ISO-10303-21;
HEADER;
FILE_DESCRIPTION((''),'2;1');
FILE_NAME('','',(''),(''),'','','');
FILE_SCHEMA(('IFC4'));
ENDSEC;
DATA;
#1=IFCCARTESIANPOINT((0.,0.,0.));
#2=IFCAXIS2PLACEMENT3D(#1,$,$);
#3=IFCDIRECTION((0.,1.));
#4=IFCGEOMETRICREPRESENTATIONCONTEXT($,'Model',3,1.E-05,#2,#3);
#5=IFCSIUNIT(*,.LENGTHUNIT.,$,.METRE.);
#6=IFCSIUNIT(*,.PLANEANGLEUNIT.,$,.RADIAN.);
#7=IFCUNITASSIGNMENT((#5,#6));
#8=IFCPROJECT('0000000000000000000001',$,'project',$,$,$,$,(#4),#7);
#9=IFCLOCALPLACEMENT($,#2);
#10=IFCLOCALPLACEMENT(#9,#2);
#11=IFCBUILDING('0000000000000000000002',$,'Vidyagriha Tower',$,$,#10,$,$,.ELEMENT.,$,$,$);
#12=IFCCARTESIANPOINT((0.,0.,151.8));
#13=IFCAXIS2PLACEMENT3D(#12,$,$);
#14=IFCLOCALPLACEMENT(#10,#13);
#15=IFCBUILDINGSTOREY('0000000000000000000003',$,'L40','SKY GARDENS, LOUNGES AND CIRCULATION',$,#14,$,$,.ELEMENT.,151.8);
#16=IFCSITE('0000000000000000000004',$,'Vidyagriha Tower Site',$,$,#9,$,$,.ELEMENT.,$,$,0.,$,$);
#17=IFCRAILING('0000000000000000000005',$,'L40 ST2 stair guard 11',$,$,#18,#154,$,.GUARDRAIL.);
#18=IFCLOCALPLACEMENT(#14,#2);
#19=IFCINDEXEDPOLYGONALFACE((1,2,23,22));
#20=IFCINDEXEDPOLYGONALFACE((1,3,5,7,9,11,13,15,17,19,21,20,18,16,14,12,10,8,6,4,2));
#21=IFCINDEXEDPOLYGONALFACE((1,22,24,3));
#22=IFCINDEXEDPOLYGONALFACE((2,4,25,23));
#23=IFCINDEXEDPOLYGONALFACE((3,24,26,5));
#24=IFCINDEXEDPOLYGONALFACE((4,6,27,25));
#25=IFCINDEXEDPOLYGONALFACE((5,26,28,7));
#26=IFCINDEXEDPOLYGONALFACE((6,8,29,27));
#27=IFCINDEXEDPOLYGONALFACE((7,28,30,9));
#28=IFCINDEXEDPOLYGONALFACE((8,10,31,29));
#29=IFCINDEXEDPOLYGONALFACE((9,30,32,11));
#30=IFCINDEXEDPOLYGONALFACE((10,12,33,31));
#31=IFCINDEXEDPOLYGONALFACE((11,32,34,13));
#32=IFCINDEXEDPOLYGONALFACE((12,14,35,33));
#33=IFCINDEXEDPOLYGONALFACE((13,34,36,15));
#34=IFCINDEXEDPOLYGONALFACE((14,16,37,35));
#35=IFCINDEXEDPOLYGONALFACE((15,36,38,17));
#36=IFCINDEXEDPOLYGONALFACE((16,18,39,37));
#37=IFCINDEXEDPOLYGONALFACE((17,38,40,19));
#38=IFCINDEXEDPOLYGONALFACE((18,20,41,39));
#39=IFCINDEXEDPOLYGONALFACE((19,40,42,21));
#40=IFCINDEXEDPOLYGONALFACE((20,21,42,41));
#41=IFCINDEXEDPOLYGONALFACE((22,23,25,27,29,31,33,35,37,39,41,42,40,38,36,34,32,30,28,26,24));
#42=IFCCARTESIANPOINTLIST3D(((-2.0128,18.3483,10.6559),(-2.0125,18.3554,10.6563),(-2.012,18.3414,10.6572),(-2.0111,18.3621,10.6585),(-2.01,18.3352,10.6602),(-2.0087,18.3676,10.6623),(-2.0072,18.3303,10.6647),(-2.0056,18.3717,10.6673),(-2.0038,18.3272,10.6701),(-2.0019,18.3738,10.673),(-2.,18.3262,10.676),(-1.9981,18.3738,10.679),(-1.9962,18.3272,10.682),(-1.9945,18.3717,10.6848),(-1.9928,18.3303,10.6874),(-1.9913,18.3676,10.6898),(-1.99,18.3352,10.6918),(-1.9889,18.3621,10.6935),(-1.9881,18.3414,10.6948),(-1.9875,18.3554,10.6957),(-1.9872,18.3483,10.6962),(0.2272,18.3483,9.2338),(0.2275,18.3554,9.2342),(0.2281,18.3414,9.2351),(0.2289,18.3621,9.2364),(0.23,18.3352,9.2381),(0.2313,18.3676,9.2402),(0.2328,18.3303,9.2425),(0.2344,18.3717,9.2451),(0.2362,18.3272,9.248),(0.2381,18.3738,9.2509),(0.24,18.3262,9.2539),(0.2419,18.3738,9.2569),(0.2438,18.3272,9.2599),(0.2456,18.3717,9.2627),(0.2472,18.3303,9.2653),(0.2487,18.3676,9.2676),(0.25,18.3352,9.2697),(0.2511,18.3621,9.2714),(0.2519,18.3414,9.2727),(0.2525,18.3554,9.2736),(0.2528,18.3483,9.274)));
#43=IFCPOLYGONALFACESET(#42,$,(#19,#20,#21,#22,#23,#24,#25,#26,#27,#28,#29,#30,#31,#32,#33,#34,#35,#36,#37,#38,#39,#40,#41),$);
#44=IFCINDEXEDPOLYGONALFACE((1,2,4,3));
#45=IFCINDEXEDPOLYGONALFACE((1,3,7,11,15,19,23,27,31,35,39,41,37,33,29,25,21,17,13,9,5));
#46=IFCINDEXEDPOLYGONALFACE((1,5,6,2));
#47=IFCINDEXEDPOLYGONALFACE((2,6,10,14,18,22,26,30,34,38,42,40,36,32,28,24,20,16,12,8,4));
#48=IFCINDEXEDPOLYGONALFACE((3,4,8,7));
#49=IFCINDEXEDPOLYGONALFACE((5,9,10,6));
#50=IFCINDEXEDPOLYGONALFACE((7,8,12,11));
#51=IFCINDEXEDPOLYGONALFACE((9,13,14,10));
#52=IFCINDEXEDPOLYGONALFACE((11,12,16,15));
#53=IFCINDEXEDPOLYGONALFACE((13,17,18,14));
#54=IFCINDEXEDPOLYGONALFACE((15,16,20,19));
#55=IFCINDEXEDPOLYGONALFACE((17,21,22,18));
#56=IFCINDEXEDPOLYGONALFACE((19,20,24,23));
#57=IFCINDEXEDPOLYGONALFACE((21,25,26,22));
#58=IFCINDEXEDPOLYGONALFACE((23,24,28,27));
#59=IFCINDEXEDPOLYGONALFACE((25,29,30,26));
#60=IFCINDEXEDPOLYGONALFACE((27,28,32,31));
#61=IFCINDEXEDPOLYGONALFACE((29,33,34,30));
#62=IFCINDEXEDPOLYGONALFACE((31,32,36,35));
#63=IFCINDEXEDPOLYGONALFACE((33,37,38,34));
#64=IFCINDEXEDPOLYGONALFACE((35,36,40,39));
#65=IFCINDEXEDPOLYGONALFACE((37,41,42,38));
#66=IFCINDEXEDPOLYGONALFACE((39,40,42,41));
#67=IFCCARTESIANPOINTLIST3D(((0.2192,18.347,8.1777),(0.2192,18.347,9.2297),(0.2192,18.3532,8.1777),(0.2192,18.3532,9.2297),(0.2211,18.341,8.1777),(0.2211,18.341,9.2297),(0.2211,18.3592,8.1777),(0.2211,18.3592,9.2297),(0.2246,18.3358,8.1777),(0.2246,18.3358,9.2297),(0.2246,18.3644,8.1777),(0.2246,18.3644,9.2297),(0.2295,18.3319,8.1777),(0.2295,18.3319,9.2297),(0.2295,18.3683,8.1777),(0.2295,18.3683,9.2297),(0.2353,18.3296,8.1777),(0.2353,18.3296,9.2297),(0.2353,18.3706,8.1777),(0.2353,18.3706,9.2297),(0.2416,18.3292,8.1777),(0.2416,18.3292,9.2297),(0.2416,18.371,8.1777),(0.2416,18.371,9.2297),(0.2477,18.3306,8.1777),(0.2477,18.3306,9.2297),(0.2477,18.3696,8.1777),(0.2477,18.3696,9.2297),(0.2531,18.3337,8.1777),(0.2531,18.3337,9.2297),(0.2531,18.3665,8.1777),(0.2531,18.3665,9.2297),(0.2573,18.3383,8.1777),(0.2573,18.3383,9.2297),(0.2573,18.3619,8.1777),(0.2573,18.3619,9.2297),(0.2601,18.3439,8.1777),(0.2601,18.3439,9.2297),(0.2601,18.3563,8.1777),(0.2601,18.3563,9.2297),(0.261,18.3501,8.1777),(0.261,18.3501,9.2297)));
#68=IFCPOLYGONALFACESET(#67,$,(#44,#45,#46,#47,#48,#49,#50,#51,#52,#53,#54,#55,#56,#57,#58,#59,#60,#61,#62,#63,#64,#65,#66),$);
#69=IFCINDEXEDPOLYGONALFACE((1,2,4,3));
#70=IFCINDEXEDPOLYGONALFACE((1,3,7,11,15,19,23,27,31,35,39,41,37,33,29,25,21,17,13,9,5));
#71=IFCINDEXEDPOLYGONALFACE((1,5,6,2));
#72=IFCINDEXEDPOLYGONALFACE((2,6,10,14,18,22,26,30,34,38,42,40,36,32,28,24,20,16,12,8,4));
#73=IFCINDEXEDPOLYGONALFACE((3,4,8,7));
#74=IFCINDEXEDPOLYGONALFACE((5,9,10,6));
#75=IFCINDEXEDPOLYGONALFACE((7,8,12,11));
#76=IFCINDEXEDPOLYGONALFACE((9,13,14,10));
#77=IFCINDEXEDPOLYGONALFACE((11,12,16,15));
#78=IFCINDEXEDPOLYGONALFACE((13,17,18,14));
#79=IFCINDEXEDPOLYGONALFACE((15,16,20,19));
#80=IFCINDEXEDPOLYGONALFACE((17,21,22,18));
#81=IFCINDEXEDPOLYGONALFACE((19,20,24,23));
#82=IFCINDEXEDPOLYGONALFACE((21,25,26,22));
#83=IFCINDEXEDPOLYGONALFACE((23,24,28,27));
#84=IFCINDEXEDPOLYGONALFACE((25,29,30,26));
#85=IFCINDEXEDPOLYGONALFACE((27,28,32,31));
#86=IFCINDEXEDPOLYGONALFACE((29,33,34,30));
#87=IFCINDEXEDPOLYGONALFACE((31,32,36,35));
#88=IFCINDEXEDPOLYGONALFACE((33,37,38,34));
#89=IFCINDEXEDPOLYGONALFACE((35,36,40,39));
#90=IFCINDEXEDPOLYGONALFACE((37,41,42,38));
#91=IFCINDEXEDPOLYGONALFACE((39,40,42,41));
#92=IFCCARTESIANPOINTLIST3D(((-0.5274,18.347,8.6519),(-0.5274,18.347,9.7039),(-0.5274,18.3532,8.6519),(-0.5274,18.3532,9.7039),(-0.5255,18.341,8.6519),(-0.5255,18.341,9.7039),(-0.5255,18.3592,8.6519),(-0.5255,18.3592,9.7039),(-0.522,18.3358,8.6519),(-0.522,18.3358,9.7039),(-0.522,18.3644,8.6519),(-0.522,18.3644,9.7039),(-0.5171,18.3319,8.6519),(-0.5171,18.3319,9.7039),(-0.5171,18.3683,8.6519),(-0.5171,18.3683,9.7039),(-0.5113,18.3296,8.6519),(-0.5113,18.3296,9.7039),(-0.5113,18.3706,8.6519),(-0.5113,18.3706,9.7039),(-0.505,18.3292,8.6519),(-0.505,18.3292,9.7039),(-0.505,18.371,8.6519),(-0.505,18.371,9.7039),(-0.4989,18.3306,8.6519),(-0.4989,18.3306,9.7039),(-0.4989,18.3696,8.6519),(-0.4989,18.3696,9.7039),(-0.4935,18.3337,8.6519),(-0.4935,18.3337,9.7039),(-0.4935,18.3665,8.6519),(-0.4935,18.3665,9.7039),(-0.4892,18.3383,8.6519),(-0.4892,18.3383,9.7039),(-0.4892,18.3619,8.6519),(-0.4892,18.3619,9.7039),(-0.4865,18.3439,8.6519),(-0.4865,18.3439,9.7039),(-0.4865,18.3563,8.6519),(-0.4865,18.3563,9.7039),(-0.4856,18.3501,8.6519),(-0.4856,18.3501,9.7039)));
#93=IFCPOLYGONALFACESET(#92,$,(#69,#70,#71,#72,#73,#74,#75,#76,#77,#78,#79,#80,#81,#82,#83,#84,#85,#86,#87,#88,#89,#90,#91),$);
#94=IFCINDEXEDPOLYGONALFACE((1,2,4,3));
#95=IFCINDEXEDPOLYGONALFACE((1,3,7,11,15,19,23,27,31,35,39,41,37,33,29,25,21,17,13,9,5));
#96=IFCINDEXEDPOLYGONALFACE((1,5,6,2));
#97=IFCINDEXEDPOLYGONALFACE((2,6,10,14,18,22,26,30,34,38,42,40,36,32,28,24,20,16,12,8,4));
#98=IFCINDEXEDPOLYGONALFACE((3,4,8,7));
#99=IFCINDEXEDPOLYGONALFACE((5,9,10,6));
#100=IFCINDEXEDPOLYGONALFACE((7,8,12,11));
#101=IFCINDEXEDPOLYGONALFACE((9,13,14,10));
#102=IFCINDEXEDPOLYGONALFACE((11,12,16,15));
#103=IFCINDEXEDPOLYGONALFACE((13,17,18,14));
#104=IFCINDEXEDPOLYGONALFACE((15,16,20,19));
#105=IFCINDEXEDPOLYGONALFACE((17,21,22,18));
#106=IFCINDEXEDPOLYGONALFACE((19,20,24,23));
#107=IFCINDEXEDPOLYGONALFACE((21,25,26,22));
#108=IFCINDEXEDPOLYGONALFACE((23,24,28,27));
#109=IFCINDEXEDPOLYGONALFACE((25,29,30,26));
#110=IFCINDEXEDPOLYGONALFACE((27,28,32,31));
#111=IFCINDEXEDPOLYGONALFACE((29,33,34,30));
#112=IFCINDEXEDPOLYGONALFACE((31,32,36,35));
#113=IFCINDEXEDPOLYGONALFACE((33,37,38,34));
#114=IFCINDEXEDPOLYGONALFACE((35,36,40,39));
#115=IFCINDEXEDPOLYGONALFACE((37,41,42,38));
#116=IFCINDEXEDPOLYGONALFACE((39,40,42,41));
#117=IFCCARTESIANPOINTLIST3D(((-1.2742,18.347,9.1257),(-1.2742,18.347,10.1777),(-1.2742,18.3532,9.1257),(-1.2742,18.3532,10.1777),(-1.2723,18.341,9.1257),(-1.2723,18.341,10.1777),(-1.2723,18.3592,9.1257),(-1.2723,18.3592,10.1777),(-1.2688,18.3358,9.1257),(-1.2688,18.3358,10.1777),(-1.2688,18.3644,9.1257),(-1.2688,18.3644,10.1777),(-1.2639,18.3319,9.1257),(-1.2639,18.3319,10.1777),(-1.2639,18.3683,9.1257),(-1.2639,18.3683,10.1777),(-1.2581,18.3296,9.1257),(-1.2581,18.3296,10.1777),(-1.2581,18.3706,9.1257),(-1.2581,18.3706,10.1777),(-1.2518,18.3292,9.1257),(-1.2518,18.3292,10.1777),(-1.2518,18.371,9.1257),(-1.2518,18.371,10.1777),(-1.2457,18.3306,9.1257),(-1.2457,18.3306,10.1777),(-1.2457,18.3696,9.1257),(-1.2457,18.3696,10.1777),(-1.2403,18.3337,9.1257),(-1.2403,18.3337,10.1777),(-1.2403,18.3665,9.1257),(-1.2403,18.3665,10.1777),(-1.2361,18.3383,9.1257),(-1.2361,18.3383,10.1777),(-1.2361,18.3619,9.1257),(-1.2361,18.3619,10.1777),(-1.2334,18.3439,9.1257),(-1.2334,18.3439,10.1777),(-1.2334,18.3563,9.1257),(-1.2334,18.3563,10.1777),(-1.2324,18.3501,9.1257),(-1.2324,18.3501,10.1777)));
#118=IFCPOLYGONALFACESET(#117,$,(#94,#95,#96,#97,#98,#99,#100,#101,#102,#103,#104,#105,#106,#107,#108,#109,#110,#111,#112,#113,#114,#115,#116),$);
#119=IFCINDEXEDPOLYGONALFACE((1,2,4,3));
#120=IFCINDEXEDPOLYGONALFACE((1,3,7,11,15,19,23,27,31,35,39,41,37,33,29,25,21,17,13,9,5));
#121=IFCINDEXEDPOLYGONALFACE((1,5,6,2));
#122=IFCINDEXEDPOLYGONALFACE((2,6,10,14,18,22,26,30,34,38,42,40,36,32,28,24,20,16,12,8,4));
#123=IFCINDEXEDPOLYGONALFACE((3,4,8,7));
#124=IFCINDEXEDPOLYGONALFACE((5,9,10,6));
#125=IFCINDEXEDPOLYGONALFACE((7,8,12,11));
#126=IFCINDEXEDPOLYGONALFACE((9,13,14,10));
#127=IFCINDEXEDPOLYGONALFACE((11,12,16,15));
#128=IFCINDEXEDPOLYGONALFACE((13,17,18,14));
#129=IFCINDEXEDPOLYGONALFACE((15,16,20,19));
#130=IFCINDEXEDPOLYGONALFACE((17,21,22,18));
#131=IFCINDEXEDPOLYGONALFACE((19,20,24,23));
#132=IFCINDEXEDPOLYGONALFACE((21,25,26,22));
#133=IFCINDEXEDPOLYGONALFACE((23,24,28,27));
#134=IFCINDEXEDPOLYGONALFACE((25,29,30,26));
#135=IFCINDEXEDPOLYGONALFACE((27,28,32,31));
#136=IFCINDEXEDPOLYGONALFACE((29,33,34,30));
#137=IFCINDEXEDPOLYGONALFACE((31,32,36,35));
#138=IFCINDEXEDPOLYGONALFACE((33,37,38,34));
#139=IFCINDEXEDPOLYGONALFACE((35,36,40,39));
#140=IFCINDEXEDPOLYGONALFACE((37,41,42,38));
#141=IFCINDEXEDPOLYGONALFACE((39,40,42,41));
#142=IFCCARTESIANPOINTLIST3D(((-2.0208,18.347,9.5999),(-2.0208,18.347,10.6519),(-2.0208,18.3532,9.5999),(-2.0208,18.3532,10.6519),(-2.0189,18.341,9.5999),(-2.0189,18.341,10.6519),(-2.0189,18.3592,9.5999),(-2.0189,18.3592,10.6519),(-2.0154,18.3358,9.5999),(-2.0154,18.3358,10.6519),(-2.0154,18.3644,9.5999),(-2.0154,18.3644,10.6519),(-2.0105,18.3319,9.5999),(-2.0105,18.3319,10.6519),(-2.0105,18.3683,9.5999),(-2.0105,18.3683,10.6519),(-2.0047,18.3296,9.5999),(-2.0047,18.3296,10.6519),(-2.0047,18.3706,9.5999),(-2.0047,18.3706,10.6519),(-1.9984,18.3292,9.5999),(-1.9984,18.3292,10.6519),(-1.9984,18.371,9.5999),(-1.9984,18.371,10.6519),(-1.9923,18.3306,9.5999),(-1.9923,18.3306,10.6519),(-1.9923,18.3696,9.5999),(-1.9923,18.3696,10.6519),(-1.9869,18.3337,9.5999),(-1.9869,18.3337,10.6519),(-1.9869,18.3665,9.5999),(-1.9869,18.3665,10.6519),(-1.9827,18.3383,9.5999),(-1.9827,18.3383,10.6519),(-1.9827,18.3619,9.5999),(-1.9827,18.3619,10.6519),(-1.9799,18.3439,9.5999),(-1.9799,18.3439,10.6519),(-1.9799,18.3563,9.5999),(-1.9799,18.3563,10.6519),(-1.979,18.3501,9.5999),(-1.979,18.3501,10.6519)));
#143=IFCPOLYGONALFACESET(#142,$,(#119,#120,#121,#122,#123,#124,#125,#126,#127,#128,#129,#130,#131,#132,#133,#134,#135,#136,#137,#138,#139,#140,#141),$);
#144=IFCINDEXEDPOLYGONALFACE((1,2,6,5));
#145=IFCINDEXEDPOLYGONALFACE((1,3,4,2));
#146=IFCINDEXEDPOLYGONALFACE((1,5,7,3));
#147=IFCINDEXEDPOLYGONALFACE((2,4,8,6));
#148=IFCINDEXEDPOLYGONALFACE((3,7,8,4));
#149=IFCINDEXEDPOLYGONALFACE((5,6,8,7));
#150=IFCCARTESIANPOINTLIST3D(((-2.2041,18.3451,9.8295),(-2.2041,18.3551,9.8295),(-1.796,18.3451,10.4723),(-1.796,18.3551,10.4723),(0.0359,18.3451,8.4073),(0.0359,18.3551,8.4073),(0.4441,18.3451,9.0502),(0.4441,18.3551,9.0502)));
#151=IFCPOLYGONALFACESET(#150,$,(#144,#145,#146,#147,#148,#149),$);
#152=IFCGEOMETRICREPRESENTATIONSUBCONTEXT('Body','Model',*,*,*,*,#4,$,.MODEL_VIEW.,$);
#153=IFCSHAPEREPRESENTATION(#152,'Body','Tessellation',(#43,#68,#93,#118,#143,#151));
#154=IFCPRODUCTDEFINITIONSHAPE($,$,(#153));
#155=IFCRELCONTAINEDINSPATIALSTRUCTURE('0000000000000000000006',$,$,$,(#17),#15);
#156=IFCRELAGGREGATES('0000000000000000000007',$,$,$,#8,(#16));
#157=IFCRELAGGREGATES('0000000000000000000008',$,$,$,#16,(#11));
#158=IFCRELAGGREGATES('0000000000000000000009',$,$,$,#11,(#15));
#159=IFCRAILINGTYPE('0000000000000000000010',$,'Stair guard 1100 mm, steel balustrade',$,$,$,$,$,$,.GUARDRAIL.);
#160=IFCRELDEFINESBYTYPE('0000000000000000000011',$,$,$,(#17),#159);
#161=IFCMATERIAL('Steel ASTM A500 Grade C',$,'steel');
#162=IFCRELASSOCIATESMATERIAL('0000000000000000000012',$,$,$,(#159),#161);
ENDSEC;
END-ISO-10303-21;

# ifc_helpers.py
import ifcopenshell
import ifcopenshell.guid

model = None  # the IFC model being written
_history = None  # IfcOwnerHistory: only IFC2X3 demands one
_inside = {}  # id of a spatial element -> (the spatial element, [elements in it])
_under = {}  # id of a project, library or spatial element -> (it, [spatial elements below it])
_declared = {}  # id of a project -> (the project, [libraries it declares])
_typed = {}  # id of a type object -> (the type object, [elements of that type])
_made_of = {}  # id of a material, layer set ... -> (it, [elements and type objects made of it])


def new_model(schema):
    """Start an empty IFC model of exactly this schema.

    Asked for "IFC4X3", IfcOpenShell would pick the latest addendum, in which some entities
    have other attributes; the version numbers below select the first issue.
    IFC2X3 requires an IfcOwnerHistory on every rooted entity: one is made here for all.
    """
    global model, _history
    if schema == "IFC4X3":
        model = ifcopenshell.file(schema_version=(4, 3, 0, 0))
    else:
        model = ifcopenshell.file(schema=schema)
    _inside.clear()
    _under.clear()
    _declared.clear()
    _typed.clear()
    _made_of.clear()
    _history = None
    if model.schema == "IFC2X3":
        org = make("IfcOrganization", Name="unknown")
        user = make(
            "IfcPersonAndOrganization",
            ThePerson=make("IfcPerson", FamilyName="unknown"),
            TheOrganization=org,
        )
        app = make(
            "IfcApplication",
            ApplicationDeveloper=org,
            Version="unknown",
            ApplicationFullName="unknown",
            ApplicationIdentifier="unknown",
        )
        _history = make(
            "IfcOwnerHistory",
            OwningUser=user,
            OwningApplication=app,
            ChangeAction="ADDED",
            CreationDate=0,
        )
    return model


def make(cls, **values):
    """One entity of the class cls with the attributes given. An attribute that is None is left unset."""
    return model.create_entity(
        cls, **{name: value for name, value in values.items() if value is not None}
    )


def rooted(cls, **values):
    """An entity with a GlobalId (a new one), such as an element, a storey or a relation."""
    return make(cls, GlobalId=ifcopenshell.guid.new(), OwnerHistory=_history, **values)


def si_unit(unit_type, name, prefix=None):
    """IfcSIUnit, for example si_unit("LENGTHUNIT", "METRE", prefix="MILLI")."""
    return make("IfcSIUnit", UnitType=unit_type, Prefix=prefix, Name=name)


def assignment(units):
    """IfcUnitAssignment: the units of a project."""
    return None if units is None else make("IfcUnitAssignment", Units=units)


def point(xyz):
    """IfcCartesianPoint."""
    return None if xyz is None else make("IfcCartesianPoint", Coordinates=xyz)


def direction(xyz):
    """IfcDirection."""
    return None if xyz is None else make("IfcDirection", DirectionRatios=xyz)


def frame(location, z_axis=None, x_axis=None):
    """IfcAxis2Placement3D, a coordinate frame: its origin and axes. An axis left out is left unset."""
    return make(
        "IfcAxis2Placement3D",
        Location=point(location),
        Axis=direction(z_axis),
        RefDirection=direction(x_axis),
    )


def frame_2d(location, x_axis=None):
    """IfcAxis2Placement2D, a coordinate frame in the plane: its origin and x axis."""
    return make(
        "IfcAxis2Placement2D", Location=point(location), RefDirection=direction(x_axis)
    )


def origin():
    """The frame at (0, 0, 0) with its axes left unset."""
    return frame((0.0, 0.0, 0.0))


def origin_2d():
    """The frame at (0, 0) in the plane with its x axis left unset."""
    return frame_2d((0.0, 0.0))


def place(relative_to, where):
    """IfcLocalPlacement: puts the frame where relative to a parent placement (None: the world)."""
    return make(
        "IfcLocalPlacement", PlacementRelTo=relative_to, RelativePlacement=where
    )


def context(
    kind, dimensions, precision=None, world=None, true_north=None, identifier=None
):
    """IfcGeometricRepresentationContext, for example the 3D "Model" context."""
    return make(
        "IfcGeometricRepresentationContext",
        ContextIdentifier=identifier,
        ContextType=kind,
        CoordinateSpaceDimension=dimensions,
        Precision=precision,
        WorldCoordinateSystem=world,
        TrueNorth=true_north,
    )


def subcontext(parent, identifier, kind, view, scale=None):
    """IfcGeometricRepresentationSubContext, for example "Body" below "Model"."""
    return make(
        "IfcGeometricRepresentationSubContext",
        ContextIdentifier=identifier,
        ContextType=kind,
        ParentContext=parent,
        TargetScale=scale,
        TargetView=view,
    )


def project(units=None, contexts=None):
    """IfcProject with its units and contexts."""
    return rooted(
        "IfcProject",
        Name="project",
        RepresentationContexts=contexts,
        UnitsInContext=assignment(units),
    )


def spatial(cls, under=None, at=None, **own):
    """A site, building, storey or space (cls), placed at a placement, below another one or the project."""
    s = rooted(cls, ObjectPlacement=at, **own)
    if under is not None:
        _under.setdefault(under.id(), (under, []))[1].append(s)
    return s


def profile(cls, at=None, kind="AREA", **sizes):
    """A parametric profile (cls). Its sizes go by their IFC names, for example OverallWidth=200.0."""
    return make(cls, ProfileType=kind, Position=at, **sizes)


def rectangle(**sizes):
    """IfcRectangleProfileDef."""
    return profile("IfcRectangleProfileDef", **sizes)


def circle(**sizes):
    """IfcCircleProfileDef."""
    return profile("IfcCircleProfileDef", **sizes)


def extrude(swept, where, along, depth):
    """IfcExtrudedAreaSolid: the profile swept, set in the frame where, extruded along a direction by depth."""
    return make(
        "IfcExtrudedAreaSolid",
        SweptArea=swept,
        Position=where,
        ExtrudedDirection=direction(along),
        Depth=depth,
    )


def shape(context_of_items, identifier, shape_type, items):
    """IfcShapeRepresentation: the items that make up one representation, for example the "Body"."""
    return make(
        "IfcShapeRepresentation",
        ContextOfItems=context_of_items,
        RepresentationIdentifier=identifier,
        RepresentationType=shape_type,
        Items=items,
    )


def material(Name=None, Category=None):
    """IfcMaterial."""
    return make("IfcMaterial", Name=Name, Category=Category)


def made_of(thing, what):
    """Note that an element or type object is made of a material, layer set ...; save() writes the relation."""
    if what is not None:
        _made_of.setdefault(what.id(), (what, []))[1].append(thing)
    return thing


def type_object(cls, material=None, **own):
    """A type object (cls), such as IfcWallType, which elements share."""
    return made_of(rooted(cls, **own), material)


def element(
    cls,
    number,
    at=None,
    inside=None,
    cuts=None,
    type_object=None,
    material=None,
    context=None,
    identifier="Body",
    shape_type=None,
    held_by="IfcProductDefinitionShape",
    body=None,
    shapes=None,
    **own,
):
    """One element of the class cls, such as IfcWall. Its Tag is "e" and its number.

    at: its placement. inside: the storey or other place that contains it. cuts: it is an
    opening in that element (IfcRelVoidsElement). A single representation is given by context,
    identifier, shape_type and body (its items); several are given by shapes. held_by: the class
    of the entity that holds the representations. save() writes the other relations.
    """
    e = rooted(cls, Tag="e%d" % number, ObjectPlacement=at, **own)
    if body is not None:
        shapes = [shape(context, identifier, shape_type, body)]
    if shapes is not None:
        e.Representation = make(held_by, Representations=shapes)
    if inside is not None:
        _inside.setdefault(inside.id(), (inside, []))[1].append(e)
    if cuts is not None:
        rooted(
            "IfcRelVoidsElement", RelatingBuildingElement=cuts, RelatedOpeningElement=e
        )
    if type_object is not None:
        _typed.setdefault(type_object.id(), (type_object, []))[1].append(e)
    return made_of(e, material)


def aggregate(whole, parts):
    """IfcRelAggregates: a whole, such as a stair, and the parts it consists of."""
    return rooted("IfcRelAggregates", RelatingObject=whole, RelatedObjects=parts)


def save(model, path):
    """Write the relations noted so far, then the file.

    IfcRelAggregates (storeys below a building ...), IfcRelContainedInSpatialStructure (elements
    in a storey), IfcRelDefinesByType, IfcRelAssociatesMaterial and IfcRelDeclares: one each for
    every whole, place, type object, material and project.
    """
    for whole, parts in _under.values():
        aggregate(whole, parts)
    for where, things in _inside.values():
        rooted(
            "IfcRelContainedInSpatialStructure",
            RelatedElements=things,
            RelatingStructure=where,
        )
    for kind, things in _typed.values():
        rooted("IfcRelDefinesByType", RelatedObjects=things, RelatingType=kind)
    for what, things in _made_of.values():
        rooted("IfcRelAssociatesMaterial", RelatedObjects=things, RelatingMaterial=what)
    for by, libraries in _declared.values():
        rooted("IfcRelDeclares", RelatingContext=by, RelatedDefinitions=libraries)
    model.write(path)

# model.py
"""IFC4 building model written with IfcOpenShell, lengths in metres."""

from ifc_helpers import new_model, si_unit, direction, frame, origin, origin_2d, place, context, subcontext, project, spatial, rectangle, circle, extrude, material, type_object, element, save


model = new_model("IFC4")

# Units and contexts
model_context = context("Model", 3, precision=1e-05, world=origin(), true_north=direction((0.0, 1.0)))
body_context = subcontext(model_context, "Body", "Model", "MODEL_VIEW")
ifc_project = project(units=[si_unit("LENGTHUNIT", "METRE"), si_unit("PLANEANGLEUNIT", "RADIAN")], contexts=[model_context])

# Site, building, storey
site_placement = place(None, origin())
site = spatial("IfcSite", under=ifc_project, at=site_placement, Name="Vidyagriha Tower Site", CompositionType="ELEMENT", RefElevation=0.0)
building_placement = place(site_placement, origin())
building = spatial("IfcBuilding", under=site, at=building_placement, Name="Vidyagriha Tower", CompositionType="ELEMENT")
storey_placement = place(building_placement, frame((0.0, 0.0, 151.8)))
storey = spatial("IfcBuildingStorey", under=building, at=storey_placement, Name="L40", Description="SKY GARDENS, LOUNGES AND CIRCULATION", CompositionType="ELEMENT", Elevation=151.8)

# Railing
ifc_material_1 = material(Name="Steel ASTM A500 Grade C", Category="steel")
railing_type_1 = type_object("IfcRailingType", Name="Stair guard 1100 mm, steel balustrade", PredefinedType="GUARDRAIL", material=ifc_material_1)
railing_1_placement = place(storey_placement, frame((0.24, 18.3501, 8.1777)))
element("IfcRailing", 1, at=railing_1_placement, inside=storey, type_object=railing_type_1, Name="L40 ST2 stair guard 11", PredefinedType="GUARDRAIL", context=body_context, shape_type="SweptSolid", body=[
    extrude(circle(Radius=0.0239, at=origin_2d()), frame((0.0, 0.0, 1.0762), z_axis=(-0.844229, 0.0, 0.535982), x_axis=(0.0, -1.0, 0.0)), (0.0, 0.0, 1.0), 2.6533),
    extrude(circle(Radius=0.021, at=origin_2d()), origin(), (0.0, 0.0, 1.0), 1.052),
    extrude(circle(Radius=0.021, at=origin_2d()), frame((-0.7466, 0.0, 0.4741)), (0.0, 0.0, 1.0), 1.052),
    extrude(circle(Radius=0.021, at=origin_2d()), frame((-1.4934, 0.0, 0.948)), (0.0, 0.0, 1.0), 1.052),
    extrude(circle(Radius=0.021, at=origin_2d()), frame((-2.24, 0.0, 1.4221)), (0.0, 0.0, 1.0), 1.052),
    extrude(rectangle(XDim=0.01, YDim=0.7615, at=origin_2d()), frame((0.0, 0.0, 0.551), z_axis=(-0.844229, 0.0, 0.535982), x_axis=(0.0, -1.0, 0.0)), (0.0, 0.0, 1.0), 2.6533),
])

save(model, "model.ifc")
